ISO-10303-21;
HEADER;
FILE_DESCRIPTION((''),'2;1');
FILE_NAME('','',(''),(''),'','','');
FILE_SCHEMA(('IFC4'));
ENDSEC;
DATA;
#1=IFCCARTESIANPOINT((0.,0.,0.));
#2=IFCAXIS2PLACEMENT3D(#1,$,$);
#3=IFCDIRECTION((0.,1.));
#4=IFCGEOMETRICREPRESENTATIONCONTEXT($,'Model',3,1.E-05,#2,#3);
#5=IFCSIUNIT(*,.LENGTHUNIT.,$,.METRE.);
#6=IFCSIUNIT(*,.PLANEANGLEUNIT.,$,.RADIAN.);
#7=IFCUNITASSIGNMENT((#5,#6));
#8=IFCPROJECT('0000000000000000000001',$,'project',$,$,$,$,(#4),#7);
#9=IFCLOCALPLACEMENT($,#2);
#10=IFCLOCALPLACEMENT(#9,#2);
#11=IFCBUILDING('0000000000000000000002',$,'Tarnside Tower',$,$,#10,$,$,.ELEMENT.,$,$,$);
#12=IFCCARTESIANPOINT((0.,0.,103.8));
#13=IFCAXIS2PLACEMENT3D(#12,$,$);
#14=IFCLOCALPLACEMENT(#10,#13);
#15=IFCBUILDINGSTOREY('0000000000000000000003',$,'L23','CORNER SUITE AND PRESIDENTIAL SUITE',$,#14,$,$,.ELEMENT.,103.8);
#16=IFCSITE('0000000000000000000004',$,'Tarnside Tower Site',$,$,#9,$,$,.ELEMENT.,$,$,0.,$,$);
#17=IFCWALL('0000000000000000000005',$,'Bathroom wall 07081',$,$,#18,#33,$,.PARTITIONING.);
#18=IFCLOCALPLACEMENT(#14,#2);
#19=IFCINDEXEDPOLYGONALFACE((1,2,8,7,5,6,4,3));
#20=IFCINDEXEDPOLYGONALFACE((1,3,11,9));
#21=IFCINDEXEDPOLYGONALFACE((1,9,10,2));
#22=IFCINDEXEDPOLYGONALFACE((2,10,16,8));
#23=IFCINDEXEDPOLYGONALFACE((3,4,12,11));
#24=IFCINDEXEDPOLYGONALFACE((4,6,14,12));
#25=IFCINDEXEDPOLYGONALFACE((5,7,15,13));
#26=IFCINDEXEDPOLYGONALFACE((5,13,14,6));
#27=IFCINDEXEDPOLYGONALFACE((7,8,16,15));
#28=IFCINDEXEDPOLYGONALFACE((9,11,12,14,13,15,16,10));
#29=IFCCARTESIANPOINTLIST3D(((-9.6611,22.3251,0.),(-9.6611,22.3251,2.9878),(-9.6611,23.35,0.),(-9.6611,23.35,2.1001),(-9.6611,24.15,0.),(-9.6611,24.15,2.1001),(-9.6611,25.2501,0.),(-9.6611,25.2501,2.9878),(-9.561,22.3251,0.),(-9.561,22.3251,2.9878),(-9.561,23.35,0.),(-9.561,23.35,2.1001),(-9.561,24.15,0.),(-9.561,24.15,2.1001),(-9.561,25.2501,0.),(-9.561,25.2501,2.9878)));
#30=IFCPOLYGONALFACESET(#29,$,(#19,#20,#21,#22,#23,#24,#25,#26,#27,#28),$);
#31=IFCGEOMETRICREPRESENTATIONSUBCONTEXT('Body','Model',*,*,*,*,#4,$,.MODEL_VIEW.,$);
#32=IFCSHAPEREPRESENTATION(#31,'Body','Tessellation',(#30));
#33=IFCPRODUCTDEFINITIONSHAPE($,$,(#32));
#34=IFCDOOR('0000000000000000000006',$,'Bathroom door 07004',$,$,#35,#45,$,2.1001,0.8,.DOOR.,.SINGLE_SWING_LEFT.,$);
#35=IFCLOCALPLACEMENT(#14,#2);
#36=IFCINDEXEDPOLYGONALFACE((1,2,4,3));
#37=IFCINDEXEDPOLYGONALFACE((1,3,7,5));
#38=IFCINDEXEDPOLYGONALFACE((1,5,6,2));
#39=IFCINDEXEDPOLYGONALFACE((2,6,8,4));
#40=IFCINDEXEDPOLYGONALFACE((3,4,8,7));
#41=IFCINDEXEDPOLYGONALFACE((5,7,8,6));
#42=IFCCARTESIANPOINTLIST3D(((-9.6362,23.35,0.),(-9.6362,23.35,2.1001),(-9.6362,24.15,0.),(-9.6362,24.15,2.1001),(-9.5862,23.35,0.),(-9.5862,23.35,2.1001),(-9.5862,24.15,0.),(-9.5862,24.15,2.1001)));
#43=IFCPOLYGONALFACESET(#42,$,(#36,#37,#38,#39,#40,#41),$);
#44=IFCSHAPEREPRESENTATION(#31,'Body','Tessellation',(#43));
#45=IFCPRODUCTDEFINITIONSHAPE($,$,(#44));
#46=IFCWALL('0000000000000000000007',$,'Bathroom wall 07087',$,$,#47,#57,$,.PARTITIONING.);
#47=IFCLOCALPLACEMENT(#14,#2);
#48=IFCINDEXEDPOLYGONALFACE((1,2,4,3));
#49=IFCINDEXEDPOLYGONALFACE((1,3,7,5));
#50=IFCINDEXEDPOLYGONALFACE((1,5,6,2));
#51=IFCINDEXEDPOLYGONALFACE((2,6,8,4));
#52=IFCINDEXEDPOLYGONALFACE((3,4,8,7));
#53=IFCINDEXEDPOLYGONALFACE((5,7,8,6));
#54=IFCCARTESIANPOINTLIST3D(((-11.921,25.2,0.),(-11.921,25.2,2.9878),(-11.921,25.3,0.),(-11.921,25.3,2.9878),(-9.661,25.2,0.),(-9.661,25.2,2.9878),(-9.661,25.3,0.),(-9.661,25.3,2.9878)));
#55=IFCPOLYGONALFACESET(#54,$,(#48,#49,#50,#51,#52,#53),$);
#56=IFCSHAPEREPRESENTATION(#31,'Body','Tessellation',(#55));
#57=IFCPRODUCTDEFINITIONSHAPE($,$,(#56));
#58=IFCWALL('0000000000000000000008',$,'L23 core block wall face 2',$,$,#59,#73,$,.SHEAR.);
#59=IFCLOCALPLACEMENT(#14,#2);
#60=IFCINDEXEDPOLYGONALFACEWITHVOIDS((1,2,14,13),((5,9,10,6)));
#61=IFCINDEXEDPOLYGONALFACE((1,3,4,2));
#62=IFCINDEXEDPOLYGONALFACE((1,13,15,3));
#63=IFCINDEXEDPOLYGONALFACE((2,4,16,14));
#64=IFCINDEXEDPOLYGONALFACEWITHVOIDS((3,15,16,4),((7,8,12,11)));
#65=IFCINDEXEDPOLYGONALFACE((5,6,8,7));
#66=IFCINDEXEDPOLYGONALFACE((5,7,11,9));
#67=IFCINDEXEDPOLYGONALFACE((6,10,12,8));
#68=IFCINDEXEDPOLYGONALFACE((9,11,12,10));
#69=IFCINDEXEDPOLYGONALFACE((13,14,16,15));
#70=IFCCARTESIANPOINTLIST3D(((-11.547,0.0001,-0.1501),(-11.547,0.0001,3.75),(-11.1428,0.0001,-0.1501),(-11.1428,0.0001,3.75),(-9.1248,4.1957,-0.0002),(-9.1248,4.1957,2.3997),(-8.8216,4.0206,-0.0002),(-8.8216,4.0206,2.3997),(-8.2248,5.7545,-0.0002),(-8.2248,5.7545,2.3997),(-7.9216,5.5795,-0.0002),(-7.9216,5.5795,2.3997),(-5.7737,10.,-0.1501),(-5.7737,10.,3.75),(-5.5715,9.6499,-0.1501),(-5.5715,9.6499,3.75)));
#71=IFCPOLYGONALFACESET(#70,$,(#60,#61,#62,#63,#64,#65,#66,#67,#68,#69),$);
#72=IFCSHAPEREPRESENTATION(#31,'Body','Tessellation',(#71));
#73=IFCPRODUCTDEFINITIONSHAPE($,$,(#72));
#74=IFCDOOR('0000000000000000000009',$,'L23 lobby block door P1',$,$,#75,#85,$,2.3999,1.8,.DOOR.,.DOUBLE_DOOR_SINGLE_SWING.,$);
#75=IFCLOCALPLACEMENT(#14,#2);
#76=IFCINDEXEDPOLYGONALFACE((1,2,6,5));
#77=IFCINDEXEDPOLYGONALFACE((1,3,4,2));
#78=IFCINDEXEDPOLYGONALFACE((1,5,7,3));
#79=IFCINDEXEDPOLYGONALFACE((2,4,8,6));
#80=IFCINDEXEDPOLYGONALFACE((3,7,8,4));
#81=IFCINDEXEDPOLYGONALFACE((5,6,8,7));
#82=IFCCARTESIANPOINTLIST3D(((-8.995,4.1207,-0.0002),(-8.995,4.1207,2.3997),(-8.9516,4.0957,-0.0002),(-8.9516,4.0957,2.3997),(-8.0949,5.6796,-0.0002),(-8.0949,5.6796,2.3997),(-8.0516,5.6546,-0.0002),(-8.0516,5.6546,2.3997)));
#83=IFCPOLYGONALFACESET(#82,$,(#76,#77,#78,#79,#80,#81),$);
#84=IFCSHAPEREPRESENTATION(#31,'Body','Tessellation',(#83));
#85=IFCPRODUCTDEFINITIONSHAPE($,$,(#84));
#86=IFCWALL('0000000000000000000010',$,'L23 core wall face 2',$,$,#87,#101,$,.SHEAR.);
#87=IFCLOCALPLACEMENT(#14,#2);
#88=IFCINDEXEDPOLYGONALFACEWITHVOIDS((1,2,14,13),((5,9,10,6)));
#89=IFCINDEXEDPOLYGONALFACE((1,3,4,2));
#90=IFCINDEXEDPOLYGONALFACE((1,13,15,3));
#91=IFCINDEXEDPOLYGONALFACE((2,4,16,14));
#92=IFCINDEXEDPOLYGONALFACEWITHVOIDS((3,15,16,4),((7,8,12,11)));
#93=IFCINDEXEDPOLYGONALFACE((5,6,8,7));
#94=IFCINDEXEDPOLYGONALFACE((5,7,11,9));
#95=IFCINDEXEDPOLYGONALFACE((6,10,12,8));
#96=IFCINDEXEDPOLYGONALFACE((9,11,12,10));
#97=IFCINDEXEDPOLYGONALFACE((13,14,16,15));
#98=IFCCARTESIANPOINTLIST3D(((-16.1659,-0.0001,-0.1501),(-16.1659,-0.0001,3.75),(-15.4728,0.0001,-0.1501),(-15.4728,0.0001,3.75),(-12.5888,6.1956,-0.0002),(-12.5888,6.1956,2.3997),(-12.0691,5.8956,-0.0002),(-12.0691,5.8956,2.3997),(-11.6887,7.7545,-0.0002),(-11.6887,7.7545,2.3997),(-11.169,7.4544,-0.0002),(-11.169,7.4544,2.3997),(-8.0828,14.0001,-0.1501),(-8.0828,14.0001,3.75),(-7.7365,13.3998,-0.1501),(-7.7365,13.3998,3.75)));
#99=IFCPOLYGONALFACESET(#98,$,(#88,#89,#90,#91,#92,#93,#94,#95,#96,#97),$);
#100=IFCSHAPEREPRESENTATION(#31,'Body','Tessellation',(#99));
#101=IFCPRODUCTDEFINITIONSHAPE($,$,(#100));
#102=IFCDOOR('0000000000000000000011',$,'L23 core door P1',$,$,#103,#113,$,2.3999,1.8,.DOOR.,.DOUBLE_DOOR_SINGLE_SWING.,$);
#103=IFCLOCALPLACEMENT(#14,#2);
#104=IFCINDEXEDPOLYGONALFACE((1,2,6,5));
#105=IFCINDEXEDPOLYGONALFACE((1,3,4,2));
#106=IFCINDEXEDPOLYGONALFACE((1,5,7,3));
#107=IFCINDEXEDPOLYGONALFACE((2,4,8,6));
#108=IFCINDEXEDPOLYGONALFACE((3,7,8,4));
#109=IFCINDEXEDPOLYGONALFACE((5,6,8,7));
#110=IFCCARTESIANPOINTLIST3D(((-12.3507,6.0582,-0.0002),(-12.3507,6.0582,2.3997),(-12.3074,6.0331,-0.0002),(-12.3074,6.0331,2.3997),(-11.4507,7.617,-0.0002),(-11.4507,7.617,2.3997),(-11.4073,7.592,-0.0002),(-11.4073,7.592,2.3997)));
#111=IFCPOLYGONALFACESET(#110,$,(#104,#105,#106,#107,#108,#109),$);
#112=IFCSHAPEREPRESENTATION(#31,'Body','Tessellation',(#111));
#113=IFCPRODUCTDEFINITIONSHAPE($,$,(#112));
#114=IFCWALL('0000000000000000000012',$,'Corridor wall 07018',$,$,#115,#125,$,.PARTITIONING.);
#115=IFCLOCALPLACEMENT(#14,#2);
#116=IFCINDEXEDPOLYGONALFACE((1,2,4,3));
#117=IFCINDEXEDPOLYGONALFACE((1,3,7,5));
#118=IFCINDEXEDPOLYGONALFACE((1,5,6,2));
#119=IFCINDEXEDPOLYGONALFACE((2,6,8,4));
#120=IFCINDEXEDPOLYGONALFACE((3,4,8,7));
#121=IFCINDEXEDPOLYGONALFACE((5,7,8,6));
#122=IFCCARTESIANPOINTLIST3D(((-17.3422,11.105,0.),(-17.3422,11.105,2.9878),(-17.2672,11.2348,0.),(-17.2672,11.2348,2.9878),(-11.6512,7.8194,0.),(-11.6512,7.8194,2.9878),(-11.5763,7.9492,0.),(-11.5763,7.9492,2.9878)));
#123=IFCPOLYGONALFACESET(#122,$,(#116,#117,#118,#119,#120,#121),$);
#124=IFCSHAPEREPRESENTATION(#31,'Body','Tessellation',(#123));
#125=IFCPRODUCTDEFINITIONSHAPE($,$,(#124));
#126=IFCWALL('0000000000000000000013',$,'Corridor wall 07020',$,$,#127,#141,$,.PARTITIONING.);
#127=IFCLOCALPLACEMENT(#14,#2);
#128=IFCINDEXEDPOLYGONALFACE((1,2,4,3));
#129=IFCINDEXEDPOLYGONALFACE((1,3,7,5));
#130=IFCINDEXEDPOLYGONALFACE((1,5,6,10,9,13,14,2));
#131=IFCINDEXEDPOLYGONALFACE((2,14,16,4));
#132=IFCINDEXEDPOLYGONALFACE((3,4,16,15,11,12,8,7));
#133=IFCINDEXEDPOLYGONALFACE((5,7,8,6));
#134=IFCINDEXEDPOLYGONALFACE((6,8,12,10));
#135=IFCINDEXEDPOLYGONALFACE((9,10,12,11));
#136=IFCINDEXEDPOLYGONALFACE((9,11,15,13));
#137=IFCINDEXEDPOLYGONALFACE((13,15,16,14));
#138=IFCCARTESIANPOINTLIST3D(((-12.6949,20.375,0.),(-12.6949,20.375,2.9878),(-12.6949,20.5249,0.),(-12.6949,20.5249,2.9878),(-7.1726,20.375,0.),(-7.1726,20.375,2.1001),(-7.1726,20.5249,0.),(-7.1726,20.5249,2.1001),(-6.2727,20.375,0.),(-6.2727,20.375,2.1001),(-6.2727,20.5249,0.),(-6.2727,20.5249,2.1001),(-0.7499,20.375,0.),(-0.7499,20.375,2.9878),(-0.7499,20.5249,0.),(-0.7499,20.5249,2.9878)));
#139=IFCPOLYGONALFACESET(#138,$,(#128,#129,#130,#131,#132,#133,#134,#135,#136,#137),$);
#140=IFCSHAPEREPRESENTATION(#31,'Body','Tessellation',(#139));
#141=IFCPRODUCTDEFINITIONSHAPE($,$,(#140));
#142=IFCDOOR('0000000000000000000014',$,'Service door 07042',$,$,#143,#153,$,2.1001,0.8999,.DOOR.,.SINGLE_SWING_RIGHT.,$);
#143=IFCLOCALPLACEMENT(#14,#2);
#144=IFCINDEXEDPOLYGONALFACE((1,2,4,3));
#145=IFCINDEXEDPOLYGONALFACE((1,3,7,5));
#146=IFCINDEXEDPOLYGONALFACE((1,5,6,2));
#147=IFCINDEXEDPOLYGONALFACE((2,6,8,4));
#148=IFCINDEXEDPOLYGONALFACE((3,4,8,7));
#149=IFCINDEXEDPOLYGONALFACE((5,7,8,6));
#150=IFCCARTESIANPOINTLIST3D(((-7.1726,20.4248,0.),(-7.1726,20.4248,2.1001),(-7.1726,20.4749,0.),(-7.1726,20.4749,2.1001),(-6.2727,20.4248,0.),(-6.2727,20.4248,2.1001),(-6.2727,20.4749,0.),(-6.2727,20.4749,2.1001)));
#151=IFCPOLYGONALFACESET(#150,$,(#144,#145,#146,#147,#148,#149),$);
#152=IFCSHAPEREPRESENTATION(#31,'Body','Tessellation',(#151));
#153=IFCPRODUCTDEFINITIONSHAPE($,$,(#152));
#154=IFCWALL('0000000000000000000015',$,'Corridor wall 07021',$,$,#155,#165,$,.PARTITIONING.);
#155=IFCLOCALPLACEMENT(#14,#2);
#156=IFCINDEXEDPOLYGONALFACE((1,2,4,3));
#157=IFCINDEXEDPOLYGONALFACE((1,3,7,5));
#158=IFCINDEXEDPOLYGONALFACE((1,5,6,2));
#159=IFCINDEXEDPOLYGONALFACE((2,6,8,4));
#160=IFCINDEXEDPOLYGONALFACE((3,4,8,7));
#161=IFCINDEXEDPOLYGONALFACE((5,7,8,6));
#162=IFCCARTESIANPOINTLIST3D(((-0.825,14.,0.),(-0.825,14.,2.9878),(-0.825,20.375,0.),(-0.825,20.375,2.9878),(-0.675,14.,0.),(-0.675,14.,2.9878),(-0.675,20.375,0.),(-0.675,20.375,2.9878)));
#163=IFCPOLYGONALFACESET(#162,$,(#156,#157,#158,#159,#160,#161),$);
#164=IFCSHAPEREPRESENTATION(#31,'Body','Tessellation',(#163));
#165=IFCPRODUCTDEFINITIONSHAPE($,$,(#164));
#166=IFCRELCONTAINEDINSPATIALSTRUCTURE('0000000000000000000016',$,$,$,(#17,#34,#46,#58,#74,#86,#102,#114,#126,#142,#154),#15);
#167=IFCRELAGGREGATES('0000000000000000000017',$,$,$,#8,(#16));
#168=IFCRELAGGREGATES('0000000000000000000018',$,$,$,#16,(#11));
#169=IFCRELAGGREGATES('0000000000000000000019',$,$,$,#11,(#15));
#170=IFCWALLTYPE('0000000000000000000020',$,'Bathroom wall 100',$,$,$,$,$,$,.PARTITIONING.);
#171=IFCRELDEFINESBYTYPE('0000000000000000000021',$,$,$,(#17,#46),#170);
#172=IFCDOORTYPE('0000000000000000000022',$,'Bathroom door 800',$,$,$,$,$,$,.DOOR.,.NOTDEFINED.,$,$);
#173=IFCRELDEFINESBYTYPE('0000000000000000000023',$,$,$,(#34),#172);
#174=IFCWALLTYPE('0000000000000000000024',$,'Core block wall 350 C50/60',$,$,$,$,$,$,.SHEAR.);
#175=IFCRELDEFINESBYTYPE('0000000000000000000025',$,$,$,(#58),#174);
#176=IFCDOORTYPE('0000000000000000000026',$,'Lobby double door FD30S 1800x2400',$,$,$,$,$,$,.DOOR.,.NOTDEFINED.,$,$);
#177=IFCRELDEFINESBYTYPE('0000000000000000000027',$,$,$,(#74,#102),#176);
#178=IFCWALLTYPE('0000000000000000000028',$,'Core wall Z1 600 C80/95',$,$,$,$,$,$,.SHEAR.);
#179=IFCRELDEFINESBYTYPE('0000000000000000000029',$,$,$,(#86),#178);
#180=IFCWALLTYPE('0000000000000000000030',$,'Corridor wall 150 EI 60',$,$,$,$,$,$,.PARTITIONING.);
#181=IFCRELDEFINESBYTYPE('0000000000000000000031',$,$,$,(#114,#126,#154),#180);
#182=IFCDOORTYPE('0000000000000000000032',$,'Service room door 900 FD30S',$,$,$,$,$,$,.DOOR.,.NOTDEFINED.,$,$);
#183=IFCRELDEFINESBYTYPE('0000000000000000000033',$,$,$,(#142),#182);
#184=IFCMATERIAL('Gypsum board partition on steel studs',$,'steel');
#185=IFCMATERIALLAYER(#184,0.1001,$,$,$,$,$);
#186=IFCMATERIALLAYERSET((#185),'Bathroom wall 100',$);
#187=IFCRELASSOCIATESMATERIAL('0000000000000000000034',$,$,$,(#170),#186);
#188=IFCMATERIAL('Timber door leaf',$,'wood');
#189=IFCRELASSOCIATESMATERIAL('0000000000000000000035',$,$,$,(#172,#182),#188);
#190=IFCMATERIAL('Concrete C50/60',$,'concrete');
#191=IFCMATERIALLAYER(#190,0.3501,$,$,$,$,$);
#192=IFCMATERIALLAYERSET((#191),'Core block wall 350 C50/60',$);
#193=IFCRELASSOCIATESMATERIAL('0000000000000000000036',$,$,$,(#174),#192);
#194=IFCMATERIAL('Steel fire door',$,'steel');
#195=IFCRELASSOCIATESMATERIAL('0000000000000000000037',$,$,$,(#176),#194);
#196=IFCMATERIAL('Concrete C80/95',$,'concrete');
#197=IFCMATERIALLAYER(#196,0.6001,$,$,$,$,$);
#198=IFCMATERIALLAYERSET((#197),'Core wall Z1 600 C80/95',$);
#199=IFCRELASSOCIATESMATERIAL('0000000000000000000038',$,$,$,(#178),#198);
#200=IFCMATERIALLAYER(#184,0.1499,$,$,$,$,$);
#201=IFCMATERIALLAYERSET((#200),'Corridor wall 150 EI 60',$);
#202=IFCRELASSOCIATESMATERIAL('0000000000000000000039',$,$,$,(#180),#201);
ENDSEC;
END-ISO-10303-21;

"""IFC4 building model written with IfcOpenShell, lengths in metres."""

from ifc_helpers import new_model, si_unit, direction, frame, frame_2d, origin, place, context, subcontext, project, spatial, polyline, rectangle, outline, extrude, material, layer, layer_set, type_object, element, fill, save


model = new_model("IFC4")

# Units and contexts
model_context = context("Model", 3, precision=1e-05, world=origin(), true_north=direction((0.0, 1.0)))
body_context = subcontext(model_context, "Body", "Model", "MODEL_VIEW")
ifc_project = project(units=[si_unit("LENGTHUNIT", "METRE"), si_unit("PLANEANGLEUNIT", "RADIAN")], contexts=[model_context])

# Site, building, storey
site_placement = place(None, origin())
site = spatial("IfcSite", under=ifc_project, at=site_placement, Name="Tarnside Tower Site", CompositionType="ELEMENT", RefElevation=0.0)
building_placement = place(site_placement, origin())
building = spatial("IfcBuilding", under=site, at=building_placement, Name="Tarnside Tower", CompositionType="ELEMENT")
storey_placement = place(building_placement, frame((0.0, 0.0, 103.8)))
storey = spatial("IfcBuildingStorey", under=building, at=storey_placement, Name="L23", Description="CORNER SUITE AND PRESIDENTIAL SUITE", CompositionType="ELEMENT", Elevation=103.8)

# Wall, opening, door
ifc_material_1 = material(Name="Gypsum board partition on steel studs", Category="steel")
ifc_layer_1 = layer(ifc_material_1, 0.1001)
ifc_layer_set_1 = layer_set([ifc_layer_1], Name="Bathroom wall 100")
wall_type_1 = type_object("IfcWallType", Name="Bathroom wall 100", PredefinedType="PARTITIONING", material=ifc_layer_set_1)
wall_1_placement = place(storey_placement, frame((-9.6111, 25.25, 0.0), z_axis=(0.0, 0.0, 1.0), x_axis=(0.0, -1.0, 0.0)))
wall_1 = element("IfcWall", 1, at=wall_1_placement, inside=storey, type_object=wall_type_1, Name="Bathroom wall 07081", PredefinedType="PARTITIONING", context=body_context, shape_type="SweptSolid", body=[
    extrude(rectangle(XDim=2.925, YDim=0.1001, at=frame_2d((1.4624, 0.0))), origin(), (0.0, 0.0, 1.0), 2.9878),
])
opening_1_placement = place(wall_1_placement, frame((1.1001, 0.0, 0.0)))
opening_1 = element("IfcOpeningElement", 2, at=opening_1_placement, cuts=wall_1, PredefinedType="OPENING", context=body_context, shape_type="SweptSolid", body=[
    extrude(rectangle(XDim=0.8, YDim=2.1001, at=frame_2d((0.3999, 1.05))), frame((0.0, 0.0601, 0.0), z_axis=(0.0, -1.0, 0.0), x_axis=(1.0, 0.0, 0.0)), (0.0, 0.0, 1.0), 0.1201),
])
ifc_material_2 = material(Name="Timber door leaf", Category="wood")
door_type_1 = type_object("IfcDoorType", Name="Bathroom door 800", OperationType="NOTDEFINED", PredefinedType="DOOR", material=ifc_material_2)
door_1_placement = place(opening_1_placement, origin())
door_1 = element("IfcDoor", 3, at=door_1_placement, inside=storey, type_object=door_type_1, Name="Bathroom door 07004", OperationType="SINGLE_SWING_LEFT", OverallHeight=2.1001, OverallWidth=0.8, PredefinedType="DOOR", context=body_context, shape_type="SweptSolid", body=[
    extrude(rectangle(XDim=0.8, YDim=2.1001, at=frame_2d((0.3999, 1.05))), frame((0.0, 0.0249, 0.0), z_axis=(0.0, -1.0, 0.0), x_axis=(1.0, 0.0, 0.0)), (0.0, 0.0, 1.0), 0.05),
])
fill(opening_1, door_1)

# Wall
wall_2_placement = place(storey_placement, frame((-9.6611, 25.25, 0.0), z_axis=(0.0, 0.0, 1.0), x_axis=(-1.0, 0.0, 0.0)))
element("IfcWall", 4, at=wall_2_placement, inside=storey, type_object=wall_type_1, Name="Bathroom wall 07087", PredefinedType="PARTITIONING", context=body_context, shape_type="SweptSolid", body=[
    extrude(rectangle(XDim=2.26, YDim=0.1001, at=frame_2d((1.1299, 0.0))), origin(), (0.0, 0.0, 1.0), 2.9878),
])

# Walls, openings, doors
ifc_material_3 = material(Name="Concrete C50/60", Category="concrete")
ifc_layer_2 = layer(ifc_material_3, 0.3501)
ifc_layer_set_2 = layer_set([ifc_layer_2], Name="Core block wall 350 C50/60")
wall_type_2 = type_object("IfcWallType", Name="Core block wall 350 C50/60", PredefinedType="SHEAR", material=ifc_layer_set_2)
wall_3_placement = place(storey_placement, frame((-5.6726, 9.825, -0.1501), z_axis=(0.0, 0.0, 1.0), x_axis=(-0.499995, -0.866028, 0.0)))
wall_3 = element("IfcWall", 5, at=wall_3_placement, inside=storey, type_object=wall_type_2, Name="L23 core block wall face 2", PredefinedType="SHEAR", context=body_context, shape_type="SweptSolid", body=[
    extrude(outline(polyline([(-0.1011, -0.175), (11.4458, -0.175), (11.2437, 0.175), (0.1011, 0.175), (-0.1011, -0.175)])), origin(), (0.0, 0.0, 1.0), 3.9001),
])
opening_2_placement = place(wall_3_placement, frame((4.8013, 0.0, 0.1499)))
opening_2 = element("IfcOpeningElement", 6, at=opening_2_placement, cuts=wall_3, PredefinedType="OPENING", context=body_context, shape_type="SweptSolid", body=[
    extrude(rectangle(XDim=1.8, YDim=2.3999, at=frame_2d((0.8999, 1.2))), frame((0.0, 0.1851, 0.0), z_axis=(0.0, -1.0, 0.0), x_axis=(1.0, 0.0, 0.0)), (0.0, 0.0, 1.0), 0.3701),
])
ifc_material_4 = material(Name="Steel fire door", Category="steel")
door_type_2 = type_object("IfcDoorType", Name="Lobby double door FD30S 1800x2400", OperationType="NOTDEFINED", PredefinedType="DOOR", material=ifc_material_4)
door_2_placement = place(opening_2_placement, origin())
door_2 = element("IfcDoor", 7, at=door_2_placement, inside=storey, type_object=door_type_2, Name="L23 lobby block door P1", OperationType="DOUBLE_DOOR_SINGLE_SWING", OverallHeight=2.3999, OverallWidth=1.8, PredefinedType="DOOR", context=body_context, shape_type="SweptSolid", body=[
    extrude(rectangle(XDim=1.8, YDim=2.3999, at=frame_2d((0.8999, 1.2))), frame((0.0, 0.0249, 0.0), z_axis=(0.0, -1.0, 0.0), x_axis=(1.0, 0.0, 0.0)), (0.0, 0.0, 1.0), 0.05),
])
fill(opening_2, door_2)
ifc_material_5 = material(Name="Concrete C80/95", Category="concrete")
ifc_layer_3 = layer(ifc_material_5, 0.6001)
ifc_layer_set_3 = layer_set([ifc_layer_3], Name="Core wall Z1 600 C80/95")
wall_type_3 = type_object("IfcWallType", Name="Core wall Z1 600 C80/95", PredefinedType="SHEAR", material=ifc_layer_set_3)
wall_4_placement = place(storey_placement, frame((-7.9097, 13.7, -0.1501), z_axis=(0.0, 0.0, 1.0), x_axis=(-0.5, -0.866025, 0.0)))
wall_4 = element("IfcWall", 8, at=wall_4_placement, inside=storey, type_object=wall_type_3, Name="L23 core wall face 2", PredefinedType="SHEAR", context=body_context, shape_type="SweptSolid", body=[
    extrude(outline(polyline([(-0.1733, -0.3), (15.9927, -0.3), (15.646, 0.3), (0.1733, 0.3), (-0.1733, -0.3)])), origin(), (0.0, 0.0, 1.0), 3.9001),
])
opening_3_placement = place(wall_4_placement, frame((7.0386, 0.0, 0.1499)))
opening_3 = element("IfcOpeningElement", 9, at=opening_3_placement, cuts=wall_4, PredefinedType="OPENING", context=body_context, shape_type="SweptSolid", body=[
    extrude(rectangle(XDim=1.8, YDim=2.3999, at=frame_2d((0.8999, 1.2))), frame((0.0, 0.3101, 0.0), z_axis=(0.0, -1.0, 0.0), x_axis=(1.0, 0.0, 0.0)), (0.0, 0.0, 1.0), 0.6201),
])
door_3_placement = place(opening_3_placement, origin())
door_3 = element("IfcDoor", 10, at=door_3_placement, inside=storey, type_object=door_type_2, Name="L23 core door P1", OperationType="DOUBLE_DOOR_SINGLE_SWING", OverallHeight=2.3999, OverallWidth=1.8, PredefinedType="DOOR", context=body_context, shape_type="SweptSolid", body=[
    extrude(rectangle(XDim=1.8, YDim=2.3999, at=frame_2d((0.8999, 1.2))), frame((0.0, 0.0249, 0.0), z_axis=(0.0, -1.0, 0.0), x_axis=(1.0, 0.0, 0.0)), (0.0, 0.0, 1.0), 0.05),
])
fill(opening_3, door_3)

# Wall
ifc_layer_4 = layer(ifc_material_1, 0.1499)
ifc_layer_set_4 = layer_set([ifc_layer_4], Name="Corridor wall 150 EI 60")
wall_type_4 = type_object("IfcWallType", Name="Corridor wall 150 EI 60", PredefinedType="PARTITIONING", material=ifc_layer_set_4)
wall_5_placement = place(storey_placement, frame((-11.6138, 7.8843, 0.0), z_axis=(0.0, 0.0, 1.0), x_axis=(-0.866026, 0.499999, 0.0)))
element("IfcWall", 11, at=wall_5_placement, inside=storey, type_object=wall_type_4, Name="Corridor wall 07018", PredefinedType="PARTITIONING", context=body_context, shape_type="SweptSolid", body=[
    extrude(rectangle(XDim=6.5713, YDim=0.1499, at=frame_2d((3.2856, 0.0))), origin(), (0.0, 0.0, 1.0), 2.9878),
])

# Wall, opening, door
wall_6_placement = place(storey_placement, frame((-12.6951, 20.45, 0.0), z_axis=(0.0, 0.0, 1.0), x_axis=(1.0, 0.0, 0.0)))
wall_6 = element("IfcWall", 12, at=wall_6_placement, inside=storey, type_object=wall_type_4, Name="Corridor wall 07020", PredefinedType="PARTITIONING", context=body_context, shape_type="SweptSolid", body=[
    extrude(rectangle(XDim=11.9451, YDim=0.1499, at=frame_2d((5.9727, 0.0))), origin(), (0.0, 0.0, 1.0), 2.9878),
])
opening_4_placement = place(wall_6_placement, frame((5.5225, 0.0, 0.0)))
opening_4 = element("IfcOpeningElement", 13, at=opening_4_placement, cuts=wall_6, PredefinedType="OPENING", context=body_context, shape_type="SweptSolid", body=[
    extrude(rectangle(XDim=0.8999, YDim=2.1001, at=frame_2d((0.45, 1.05))), frame((0.0, 0.085, 0.0), z_axis=(0.0, -1.0, 0.0), x_axis=(1.0, 0.0, 0.0)), (0.0, 0.0, 1.0), 0.1699),
])
door_type_3 = type_object("IfcDoorType", Name="Service room door 900 FD30S", OperationType="NOTDEFINED", PredefinedType="DOOR", material=ifc_material_2)
door_4_placement = place(opening_4_placement, origin())
door_4 = element("IfcDoor", 14, at=door_4_placement, inside=storey, type_object=door_type_3, Name="Service door 07042", OperationType="SINGLE_SWING_RIGHT", OverallHeight=2.1001, OverallWidth=0.8999, PredefinedType="DOOR", context=body_context, shape_type="SweptSolid", body=[
    extrude(rectangle(XDim=0.8999, YDim=2.1001, at=frame_2d((0.45, 1.05))), frame((0.0, 0.0249, 0.0), z_axis=(0.0, -1.0, 0.0), x_axis=(1.0, 0.0, 0.0)), (0.0, 0.0, 1.0), 0.05),
])
fill(opening_4, door_4)

# Wall
wall_7_placement = place(storey_placement, frame((-0.75, 20.375, 0.0), z_axis=(0.0, 0.0, 1.0), x_axis=(0.0, -1.0, 0.0)))
element("IfcWall", 15, at=wall_7_placement, inside=storey, type_object=wall_type_4, Name="Corridor wall 07021", PredefinedType="PARTITIONING", context=body_context, shape_type="SweptSolid", body=[
    extrude(rectangle(XDim=6.375, YDim=0.1499, at=frame_2d((3.1875, 0.0))), origin(), (0.0, 0.0, 1.0), 2.9878),
])

save(model, "model.ifc")
